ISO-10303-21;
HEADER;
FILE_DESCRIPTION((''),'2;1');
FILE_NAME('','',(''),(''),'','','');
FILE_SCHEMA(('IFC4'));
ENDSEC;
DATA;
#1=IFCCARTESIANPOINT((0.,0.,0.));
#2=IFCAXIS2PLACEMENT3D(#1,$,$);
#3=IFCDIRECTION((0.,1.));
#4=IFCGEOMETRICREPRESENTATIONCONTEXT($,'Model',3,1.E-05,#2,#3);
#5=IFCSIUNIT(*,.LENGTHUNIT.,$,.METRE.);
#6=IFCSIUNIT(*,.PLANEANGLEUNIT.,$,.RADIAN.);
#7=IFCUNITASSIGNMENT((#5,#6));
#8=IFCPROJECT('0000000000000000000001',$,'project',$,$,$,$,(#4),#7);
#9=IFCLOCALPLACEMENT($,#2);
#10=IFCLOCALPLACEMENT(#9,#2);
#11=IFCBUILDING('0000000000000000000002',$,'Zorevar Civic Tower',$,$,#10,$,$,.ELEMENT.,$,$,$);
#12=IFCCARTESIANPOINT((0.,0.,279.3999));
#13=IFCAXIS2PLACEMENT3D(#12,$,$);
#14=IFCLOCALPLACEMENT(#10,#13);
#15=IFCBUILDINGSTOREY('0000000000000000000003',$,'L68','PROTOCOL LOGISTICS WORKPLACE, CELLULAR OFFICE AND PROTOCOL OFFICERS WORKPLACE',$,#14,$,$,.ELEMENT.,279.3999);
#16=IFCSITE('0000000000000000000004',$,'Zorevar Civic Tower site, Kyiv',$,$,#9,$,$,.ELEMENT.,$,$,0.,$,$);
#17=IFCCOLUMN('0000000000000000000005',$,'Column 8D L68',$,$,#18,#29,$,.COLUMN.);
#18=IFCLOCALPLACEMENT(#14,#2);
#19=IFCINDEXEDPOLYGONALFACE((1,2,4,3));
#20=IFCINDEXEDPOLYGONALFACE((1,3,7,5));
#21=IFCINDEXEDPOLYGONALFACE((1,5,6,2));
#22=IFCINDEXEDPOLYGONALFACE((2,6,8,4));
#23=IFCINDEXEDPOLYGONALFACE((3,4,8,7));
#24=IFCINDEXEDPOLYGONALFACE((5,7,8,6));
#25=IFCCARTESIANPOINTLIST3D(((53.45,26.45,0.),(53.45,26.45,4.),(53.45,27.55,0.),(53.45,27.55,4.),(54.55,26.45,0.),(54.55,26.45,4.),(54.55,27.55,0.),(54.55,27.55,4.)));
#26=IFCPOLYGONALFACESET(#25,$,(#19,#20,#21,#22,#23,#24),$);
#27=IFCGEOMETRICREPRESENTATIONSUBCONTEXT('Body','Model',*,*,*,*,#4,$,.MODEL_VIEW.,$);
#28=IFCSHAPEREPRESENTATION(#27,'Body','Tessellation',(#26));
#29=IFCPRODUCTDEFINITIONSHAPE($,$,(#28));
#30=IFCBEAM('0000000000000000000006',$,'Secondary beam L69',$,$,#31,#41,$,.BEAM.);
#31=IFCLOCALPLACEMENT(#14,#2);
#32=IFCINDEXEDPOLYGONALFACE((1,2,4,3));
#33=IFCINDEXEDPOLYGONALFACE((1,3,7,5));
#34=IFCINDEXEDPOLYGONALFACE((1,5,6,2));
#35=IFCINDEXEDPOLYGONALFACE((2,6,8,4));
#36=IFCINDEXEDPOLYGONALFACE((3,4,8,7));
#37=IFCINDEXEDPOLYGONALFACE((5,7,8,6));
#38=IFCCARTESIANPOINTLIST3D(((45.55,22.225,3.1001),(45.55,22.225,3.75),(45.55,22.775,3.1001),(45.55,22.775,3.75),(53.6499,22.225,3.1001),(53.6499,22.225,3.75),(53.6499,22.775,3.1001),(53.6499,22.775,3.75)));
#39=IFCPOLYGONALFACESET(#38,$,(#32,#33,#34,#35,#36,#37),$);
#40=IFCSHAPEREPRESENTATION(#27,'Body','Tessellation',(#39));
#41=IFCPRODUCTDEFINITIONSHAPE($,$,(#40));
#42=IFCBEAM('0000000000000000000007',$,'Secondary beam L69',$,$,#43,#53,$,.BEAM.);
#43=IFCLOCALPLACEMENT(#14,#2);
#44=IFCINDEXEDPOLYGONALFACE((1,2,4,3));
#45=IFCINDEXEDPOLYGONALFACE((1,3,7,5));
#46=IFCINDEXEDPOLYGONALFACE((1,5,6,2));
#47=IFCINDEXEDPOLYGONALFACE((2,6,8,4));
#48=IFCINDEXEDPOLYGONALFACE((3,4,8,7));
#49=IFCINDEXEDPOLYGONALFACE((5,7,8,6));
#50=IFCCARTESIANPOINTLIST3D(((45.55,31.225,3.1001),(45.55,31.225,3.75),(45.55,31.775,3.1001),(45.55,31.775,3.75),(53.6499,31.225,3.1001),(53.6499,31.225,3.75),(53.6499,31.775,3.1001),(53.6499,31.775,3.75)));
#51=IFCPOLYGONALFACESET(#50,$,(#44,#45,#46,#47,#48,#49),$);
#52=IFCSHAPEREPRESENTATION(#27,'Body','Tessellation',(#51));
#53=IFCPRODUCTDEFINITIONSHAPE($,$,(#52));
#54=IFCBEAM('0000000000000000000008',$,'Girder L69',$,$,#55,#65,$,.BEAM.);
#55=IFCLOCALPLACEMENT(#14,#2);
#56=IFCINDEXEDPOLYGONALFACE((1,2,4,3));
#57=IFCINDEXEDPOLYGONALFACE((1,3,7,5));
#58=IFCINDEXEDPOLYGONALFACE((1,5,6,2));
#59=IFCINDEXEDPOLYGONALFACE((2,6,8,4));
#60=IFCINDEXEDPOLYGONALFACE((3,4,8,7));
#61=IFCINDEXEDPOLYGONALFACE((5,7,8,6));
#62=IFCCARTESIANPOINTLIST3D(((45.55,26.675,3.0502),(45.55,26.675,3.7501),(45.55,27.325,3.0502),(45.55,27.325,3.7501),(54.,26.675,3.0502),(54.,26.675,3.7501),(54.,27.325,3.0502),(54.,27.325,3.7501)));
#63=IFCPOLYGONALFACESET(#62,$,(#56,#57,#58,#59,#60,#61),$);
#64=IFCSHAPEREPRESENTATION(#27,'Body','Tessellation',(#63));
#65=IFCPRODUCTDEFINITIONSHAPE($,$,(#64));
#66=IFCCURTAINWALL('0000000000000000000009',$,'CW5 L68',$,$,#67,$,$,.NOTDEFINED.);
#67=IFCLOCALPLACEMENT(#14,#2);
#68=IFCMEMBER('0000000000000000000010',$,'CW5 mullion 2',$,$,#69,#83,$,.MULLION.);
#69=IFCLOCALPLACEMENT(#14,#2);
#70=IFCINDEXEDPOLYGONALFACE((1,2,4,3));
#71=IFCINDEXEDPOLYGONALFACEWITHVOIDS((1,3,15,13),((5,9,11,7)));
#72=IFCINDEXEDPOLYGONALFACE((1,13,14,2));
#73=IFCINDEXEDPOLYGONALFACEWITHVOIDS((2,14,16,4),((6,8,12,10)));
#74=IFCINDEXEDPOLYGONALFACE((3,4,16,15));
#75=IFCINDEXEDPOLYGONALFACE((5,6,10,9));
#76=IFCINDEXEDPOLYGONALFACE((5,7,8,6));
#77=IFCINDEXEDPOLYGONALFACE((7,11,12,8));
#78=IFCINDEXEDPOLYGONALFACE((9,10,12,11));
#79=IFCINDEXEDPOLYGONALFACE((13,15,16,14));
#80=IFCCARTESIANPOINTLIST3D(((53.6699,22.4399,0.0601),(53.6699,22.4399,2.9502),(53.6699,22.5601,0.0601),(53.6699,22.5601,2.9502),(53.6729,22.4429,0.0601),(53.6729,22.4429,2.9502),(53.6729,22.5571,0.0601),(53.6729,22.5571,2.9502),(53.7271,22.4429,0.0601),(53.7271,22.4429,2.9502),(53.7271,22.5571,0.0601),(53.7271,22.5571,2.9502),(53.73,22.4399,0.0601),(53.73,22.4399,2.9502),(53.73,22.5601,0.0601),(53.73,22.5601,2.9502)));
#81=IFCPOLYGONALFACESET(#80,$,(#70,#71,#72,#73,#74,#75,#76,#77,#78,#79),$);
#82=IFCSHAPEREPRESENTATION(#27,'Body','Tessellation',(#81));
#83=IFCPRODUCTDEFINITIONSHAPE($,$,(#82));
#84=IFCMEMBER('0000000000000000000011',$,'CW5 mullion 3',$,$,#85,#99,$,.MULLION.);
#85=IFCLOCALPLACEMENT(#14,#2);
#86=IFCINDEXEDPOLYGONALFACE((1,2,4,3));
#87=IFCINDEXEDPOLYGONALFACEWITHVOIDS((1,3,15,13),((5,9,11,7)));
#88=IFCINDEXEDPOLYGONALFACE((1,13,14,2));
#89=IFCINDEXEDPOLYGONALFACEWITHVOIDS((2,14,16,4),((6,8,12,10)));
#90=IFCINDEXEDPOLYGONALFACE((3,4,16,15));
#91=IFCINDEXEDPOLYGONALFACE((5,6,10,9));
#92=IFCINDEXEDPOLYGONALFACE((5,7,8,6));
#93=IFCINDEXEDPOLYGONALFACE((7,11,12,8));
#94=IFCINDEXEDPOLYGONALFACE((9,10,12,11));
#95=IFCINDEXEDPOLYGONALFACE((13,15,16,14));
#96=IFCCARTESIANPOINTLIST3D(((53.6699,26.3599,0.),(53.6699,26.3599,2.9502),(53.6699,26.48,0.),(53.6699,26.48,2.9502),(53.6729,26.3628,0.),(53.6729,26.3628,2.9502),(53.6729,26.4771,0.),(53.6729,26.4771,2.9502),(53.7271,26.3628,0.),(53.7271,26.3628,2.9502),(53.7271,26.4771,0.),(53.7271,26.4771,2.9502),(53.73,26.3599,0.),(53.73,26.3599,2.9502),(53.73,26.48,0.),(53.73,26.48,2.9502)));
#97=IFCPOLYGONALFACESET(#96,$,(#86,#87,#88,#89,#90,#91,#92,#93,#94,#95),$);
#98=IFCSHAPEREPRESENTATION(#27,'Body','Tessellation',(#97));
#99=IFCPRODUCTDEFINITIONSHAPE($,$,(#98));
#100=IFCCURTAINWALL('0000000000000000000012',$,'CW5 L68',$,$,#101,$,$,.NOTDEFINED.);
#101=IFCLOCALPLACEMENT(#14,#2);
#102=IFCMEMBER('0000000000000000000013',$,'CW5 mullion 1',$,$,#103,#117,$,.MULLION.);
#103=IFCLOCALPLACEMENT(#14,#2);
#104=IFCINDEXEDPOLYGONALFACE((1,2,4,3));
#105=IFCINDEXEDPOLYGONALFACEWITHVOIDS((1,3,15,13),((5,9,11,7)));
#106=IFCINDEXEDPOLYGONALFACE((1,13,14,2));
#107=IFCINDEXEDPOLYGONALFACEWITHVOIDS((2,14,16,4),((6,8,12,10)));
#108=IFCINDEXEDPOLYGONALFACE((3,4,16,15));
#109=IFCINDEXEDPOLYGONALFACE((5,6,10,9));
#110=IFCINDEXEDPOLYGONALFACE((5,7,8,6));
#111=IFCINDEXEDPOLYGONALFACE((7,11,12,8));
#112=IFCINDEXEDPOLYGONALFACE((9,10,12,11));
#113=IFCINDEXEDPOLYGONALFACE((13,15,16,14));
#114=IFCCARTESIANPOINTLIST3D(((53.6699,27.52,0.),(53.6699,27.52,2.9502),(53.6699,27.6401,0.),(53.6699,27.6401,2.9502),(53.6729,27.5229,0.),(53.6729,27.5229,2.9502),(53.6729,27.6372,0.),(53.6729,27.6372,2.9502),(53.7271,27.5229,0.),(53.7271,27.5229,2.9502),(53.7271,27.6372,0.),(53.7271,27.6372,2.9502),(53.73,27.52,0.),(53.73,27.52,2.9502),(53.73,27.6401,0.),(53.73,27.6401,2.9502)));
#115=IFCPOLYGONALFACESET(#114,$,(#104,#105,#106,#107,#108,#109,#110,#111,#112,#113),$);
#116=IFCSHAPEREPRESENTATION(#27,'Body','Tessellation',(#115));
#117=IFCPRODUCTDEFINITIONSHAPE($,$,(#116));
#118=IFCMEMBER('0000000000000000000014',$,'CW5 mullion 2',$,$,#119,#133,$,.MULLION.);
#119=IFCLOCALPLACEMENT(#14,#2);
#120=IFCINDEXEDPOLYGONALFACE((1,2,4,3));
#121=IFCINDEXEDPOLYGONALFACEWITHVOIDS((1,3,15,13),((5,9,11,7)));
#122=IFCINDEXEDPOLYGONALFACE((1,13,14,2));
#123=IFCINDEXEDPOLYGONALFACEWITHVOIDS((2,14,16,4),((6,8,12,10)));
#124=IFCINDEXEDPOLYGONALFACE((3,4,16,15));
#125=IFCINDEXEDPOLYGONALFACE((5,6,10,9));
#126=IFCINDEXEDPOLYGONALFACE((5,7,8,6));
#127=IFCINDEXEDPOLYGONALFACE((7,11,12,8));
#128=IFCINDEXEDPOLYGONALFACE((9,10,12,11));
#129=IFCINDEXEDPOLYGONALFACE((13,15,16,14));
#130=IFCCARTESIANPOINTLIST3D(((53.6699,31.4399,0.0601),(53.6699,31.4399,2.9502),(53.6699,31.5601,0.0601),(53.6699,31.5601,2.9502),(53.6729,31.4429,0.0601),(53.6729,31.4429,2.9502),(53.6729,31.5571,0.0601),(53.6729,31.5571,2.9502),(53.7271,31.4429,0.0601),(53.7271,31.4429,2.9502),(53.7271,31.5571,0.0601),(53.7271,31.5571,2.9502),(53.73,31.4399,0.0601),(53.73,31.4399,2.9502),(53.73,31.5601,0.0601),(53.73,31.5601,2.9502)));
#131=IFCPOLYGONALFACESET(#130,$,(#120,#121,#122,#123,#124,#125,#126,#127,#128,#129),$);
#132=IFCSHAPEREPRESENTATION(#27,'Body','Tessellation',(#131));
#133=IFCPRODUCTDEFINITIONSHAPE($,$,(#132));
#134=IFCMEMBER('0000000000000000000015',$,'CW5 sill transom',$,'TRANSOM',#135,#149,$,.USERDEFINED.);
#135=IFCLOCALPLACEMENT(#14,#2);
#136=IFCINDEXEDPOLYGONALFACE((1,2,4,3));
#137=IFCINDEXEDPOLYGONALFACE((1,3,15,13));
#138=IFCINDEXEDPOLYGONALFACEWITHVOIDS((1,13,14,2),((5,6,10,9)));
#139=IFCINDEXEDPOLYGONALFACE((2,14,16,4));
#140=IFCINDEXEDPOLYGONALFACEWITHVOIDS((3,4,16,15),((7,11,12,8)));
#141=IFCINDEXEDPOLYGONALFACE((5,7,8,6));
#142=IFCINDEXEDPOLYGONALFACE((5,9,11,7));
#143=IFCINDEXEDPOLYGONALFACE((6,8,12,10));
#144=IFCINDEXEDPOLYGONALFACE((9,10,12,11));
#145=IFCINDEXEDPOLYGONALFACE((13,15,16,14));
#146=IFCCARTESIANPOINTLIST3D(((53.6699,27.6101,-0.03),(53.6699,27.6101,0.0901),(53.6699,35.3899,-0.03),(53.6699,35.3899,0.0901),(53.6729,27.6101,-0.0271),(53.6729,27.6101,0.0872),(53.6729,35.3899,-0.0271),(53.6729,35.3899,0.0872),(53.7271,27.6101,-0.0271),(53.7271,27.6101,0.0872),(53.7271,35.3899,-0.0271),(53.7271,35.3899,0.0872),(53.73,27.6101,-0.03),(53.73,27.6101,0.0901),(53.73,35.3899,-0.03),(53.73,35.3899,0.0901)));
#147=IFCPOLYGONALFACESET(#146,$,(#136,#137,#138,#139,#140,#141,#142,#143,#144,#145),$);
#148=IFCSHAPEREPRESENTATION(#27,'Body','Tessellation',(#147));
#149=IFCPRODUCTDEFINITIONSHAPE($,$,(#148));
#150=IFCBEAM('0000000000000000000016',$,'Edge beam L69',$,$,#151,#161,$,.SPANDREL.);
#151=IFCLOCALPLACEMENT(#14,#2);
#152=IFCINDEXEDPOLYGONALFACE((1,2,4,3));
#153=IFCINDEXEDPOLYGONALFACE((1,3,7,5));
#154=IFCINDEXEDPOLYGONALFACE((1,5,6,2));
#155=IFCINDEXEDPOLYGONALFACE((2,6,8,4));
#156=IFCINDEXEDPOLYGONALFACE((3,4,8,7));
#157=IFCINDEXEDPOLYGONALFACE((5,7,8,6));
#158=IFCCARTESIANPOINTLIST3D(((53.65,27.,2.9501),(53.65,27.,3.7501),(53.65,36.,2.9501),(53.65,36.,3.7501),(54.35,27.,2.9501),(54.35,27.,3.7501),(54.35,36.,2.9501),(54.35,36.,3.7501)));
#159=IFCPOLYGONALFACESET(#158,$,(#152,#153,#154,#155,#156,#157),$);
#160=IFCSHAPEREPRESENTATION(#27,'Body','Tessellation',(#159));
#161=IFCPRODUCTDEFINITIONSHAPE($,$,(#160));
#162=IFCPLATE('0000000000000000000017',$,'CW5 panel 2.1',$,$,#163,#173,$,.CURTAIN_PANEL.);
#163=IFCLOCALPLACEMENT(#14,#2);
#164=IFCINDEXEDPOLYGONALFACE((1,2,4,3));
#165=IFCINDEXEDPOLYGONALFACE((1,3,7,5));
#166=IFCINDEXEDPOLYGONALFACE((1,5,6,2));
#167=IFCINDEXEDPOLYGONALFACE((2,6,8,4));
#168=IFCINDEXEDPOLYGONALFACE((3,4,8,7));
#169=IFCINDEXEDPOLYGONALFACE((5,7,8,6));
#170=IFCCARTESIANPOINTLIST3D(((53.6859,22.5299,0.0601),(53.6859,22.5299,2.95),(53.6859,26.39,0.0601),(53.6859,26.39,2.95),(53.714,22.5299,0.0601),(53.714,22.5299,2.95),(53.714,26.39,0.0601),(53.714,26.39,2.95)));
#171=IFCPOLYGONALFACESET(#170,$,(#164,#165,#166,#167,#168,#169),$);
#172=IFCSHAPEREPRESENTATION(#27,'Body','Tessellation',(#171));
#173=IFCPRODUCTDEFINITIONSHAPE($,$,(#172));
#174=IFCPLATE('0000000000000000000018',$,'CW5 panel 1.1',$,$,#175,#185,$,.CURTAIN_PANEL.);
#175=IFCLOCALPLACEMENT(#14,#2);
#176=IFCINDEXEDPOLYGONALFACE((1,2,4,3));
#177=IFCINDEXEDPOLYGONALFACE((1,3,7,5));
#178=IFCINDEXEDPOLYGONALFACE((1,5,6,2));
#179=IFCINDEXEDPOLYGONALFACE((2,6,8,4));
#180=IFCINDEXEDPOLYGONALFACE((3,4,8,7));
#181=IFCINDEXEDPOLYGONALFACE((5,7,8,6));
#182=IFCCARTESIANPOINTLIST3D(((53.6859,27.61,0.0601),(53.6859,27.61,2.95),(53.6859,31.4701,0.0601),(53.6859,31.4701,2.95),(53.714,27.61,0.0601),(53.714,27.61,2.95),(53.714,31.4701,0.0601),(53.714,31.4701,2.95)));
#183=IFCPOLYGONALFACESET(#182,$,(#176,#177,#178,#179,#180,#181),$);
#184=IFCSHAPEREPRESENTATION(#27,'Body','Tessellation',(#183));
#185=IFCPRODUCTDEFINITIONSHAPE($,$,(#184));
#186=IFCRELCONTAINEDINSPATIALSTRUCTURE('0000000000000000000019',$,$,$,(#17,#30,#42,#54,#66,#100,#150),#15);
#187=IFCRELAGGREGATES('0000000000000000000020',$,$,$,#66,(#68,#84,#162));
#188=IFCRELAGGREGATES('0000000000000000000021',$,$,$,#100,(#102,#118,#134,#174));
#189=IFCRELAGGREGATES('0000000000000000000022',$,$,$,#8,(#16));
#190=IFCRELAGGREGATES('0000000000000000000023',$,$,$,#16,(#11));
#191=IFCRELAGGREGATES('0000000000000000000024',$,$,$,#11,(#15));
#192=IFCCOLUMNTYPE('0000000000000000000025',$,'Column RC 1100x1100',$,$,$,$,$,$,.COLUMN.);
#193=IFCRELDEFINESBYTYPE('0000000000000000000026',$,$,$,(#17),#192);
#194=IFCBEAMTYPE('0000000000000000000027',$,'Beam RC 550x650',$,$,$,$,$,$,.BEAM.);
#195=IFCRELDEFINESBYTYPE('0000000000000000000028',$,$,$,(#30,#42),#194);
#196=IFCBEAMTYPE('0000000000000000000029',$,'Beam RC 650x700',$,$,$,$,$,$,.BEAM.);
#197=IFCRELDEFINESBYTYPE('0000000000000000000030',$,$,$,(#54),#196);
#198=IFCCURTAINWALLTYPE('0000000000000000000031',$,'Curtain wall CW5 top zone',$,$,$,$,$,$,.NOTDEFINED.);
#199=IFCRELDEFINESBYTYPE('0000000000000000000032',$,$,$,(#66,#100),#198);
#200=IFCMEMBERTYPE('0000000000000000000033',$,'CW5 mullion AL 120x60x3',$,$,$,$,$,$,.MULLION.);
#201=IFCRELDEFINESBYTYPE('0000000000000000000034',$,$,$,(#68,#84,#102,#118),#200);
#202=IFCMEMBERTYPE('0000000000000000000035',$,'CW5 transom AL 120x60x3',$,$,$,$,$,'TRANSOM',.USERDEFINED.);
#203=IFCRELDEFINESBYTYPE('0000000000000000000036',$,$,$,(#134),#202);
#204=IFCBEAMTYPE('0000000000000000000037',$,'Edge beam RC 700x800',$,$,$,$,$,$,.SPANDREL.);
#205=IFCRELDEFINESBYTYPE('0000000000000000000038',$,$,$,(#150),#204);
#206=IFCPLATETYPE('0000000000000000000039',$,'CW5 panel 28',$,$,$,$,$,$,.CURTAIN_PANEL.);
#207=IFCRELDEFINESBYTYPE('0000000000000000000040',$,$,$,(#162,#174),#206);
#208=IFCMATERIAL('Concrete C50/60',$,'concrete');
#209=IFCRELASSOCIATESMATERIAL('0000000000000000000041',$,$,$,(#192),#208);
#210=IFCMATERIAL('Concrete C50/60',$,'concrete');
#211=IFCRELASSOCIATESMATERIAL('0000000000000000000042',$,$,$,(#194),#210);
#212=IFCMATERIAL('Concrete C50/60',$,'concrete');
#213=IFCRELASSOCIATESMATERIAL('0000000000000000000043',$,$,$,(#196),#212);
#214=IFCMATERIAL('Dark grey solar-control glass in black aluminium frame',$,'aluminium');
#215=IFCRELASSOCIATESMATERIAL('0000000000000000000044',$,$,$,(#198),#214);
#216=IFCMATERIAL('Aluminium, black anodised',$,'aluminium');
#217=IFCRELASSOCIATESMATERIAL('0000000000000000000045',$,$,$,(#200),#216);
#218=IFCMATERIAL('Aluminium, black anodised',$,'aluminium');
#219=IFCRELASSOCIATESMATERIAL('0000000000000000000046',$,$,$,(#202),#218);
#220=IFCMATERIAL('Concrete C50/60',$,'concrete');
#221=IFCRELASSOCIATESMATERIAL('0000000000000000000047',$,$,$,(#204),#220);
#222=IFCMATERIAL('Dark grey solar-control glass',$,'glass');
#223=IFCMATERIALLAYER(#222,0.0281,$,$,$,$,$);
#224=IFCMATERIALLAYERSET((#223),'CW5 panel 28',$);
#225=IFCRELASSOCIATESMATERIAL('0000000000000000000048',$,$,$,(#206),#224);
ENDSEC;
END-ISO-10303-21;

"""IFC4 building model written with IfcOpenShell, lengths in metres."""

from ifc_helpers import new_model, si_unit, direction, frame, origin, origin_2d, place, context, subcontext, project, spatial, rectangle, hollow_rectangle, extrude, material, layer, layer_set, material_profile, profile_set, type_object, element, aggregate, save


model = new_model("IFC4")

# Units and contexts
model_context = context("Model", 3, precision=1e-05, world=origin(), true_north=direction((0.0, 1.0)))
body_context = subcontext(model_context, "Body", "Model", "MODEL_VIEW")
ifc_project = project(units=[si_unit("LENGTHUNIT", "METRE"), si_unit("PLANEANGLEUNIT", "RADIAN")], contexts=[model_context])

# Site, building, storey
site_placement = place(None, origin())
site = spatial("IfcSite", under=ifc_project, at=site_placement, Name="Zorevar Civic Tower site, Kyiv", CompositionType="ELEMENT", RefElevation=0.0)
building_placement = place(site_placement, origin())
building = spatial("IfcBuilding", under=site, at=building_placement, Name="Zorevar Civic Tower", CompositionType="ELEMENT")
storey_placement = place(building_placement, frame((0.0, 0.0, 279.3999)))
storey = spatial("IfcBuildingStorey", under=building, at=storey_placement, Name="L68", Description="PROTOCOL LOGISTICS WORKPLACE, CELLULAR OFFICE AND PROTOCOL OFFICERS WORKPLACE", CompositionType="ELEMENT", Elevation=279.3999)

# Column
ifc_material_1 = material(Name="Concrete C50/60", Category="concrete")
ifc_material_profile_1 = material_profile(ifc_material_1, rectangle(XDim=1.1001, YDim=1.1001, at=origin_2d()), Name="RC 1100x1100")
ifc_profile_set_1 = profile_set([ifc_material_profile_1], Name="Concrete C50/60")
column_type = type_object("IfcColumnType", Name="Column RC 1100x1100", PredefinedType="COLUMN", material=ifc_profile_set_1)
column_placement = place(storey_placement, frame((54.0, 27.0, 0.0), z_axis=(0.0, 0.0, 1.0), x_axis=(1.0, 0.0, 0.0)))
element("IfcColumn", 1, at=column_placement, inside=storey, type_object=column_type, Name="Column 8D L68", PredefinedType="COLUMN", context=body_context, shape_type="SweptSolid", body=[
    extrude(rectangle(XDim=1.1001, YDim=1.1001, at=origin_2d()), origin(), (0.0, 0.0, 1.0), 4.0),
])

# Beams
ifc_material_2 = material(Name="Concrete C50/60", Category="concrete")
ifc_material_profile_2 = material_profile(ifc_material_2, rectangle(XDim=0.55, YDim=0.6499, at=origin_2d()), Name="RC 550x650")
ifc_profile_set_2 = profile_set([ifc_material_profile_2], Name="Concrete C50/60")
beam_type_1 = type_object("IfcBeamType", Name="Beam RC 550x650", PredefinedType="BEAM", material=ifc_profile_set_2)
for number, where, z_axis, x_axis, name in (
    (2, (45.55, 22.5, 3.425), (1.0, 0.0, 0.0), (0.0, 1.0, 0.0), "Secondary beam L69"),
    (3, (45.55, 31.5, 3.425), (1.0, 0.0, 0.0), (0.0, 1.0, 0.0), "Secondary beam L69"),
):
    element("IfcBeam", number, at=place(storey_placement, frame(where, z_axis=z_axis, x_axis=x_axis)), inside=storey, type_object=beam_type_1, Name=name, PredefinedType="BEAM", context=body_context, shape_type="SweptSolid", body=[
        extrude(rectangle(XDim=0.55, YDim=0.6499, at=origin_2d()), origin(), (0.0, 0.0, 1.0), 8.0999),
    ])
ifc_material_3 = material(Name="Concrete C50/60", Category="concrete")
ifc_material_profile_3 = material_profile(ifc_material_3, rectangle(XDim=0.6499, YDim=0.7, at=origin_2d()), Name="RC 650x700")
ifc_profile_set_3 = profile_set([ifc_material_profile_3], Name="Concrete C50/60")
beam_type_2 = type_object("IfcBeamType", Name="Beam RC 650x700", PredefinedType="BEAM", material=ifc_profile_set_3)
beam_1_placement = place(storey_placement, frame((45.55, 27.0, 3.4001), z_axis=(1.0, 0.0, 0.0), x_axis=(0.0, 1.0, 0.0)))
element("IfcBeam", 4, at=beam_1_placement, inside=storey, type_object=beam_type_2, Name="Girder L69", PredefinedType="BEAM", context=body_context, shape_type="SweptSolid", body=[
    extrude(rectangle(XDim=0.6499, YDim=0.7, at=origin_2d()), origin(), (0.0, 0.0, 1.0), 8.45),
])

# Curtain walls, members
ifc_material_4 = material(Name="Dark grey solar-control glass in black aluminium frame", Category="aluminium")
curtain_wall_type = type_object("IfcCurtainWallType", Name="Curtain wall CW5 top zone", PredefinedType="NOTDEFINED", material=ifc_material_4)
curtain_wall_1_placement = place(storey_placement, origin())
curtain_wall_1 = element("IfcCurtainWall", 5, at=curtain_wall_1_placement, inside=storey, type_object=curtain_wall_type, Name="CW5 L68", PredefinedType="NOTDEFINED")
ifc_material_5 = material(Name="Aluminium, black anodised", Category="aluminium")
ifc_material_profile_4 = material_profile(ifc_material_5, hollow_rectangle(XDim=0.0601, YDim=0.1201, WallThickness=0.0029, at=origin_2d()), Name="AL 120x60x3")
ifc_profile_set_4 = profile_set([ifc_material_profile_4], Name="Aluminium, black anodised")
member_type_1 = type_object("IfcMemberType", Name="CW5 mullion AL 120x60x3", PredefinedType="MULLION", material=ifc_profile_set_4)
member_1_placement = place(storey_placement, frame((53.7, 22.5, 0.0601), z_axis=(0.0, 0.0, 1.0), x_axis=(-1.0, 0.0, 0.0)))
member_1 = element("IfcMember", 6, at=member_1_placement, type_object=member_type_1, Name="CW5 mullion 2", PredefinedType="MULLION", context=body_context, shape_type="SweptSolid", body=[
    extrude(hollow_rectangle(XDim=0.0601, YDim=0.1201, WallThickness=0.0029, at=origin_2d()), origin(), (0.0, 0.0, 1.0), 2.8901),
])
member_2_placement = place(storey_placement, frame((53.7, 26.4199, 0.0), z_axis=(0.0, 0.0, 1.0), x_axis=(-1.0, 0.0, 0.0)))
member_2 = element("IfcMember", 7, at=member_2_placement, type_object=member_type_1, Name="CW5 mullion 3", PredefinedType="MULLION", context=body_context, shape_type="SweptSolid", body=[
    extrude(hollow_rectangle(XDim=0.0601, YDim=0.1201, WallThickness=0.0029, at=origin_2d()), origin(), (0.0, 0.0, 1.0), 2.9502),
])
curtain_wall_2_placement = place(storey_placement, origin())
curtain_wall_2 = element("IfcCurtainWall", 8, at=curtain_wall_2_placement, inside=storey, type_object=curtain_wall_type, Name="CW5 L68", PredefinedType="NOTDEFINED")
member_3_placement = place(storey_placement, frame((53.7, 27.5801, 0.0), z_axis=(0.0, 0.0, 1.0), x_axis=(-1.0, 0.0, 0.0)))
member_3 = element("IfcMember", 9, at=member_3_placement, type_object=member_type_1, Name="CW5 mullion 1", PredefinedType="MULLION", context=body_context, shape_type="SweptSolid", body=[
    extrude(hollow_rectangle(XDim=0.0601, YDim=0.1201, WallThickness=0.0029, at=origin_2d()), origin(), (0.0, 0.0, 1.0), 2.9502),
])
member_4_placement = place(storey_placement, frame((53.7, 31.5, 0.0601), z_axis=(0.0, 0.0, 1.0), x_axis=(-1.0, 0.0, 0.0)))
member_4 = element("IfcMember", 10, at=member_4_placement, type_object=member_type_1, Name="CW5 mullion 2", PredefinedType="MULLION", context=body_context, shape_type="SweptSolid", body=[
    extrude(hollow_rectangle(XDim=0.0601, YDim=0.1201, WallThickness=0.0029, at=origin_2d()), origin(), (0.0, 0.0, 1.0), 2.8901),
])
ifc_material_6 = material(Name="Aluminium, black anodised", Category="aluminium")
ifc_material_profile_5 = material_profile(ifc_material_6, hollow_rectangle(XDim=0.0601, YDim=0.1201, WallThickness=0.0029, at=origin_2d()), Name="AL 120x60x3")
ifc_profile_set_5 = profile_set([ifc_material_profile_5], Name="Aluminium, black anodised")
member_type_2 = type_object("IfcMemberType", Name="CW5 transom AL 120x60x3", ElementType="TRANSOM", PredefinedType="USERDEFINED", material=ifc_profile_set_5)
member_5_placement = place(storey_placement, frame((53.7, 27.6101, 0.03), z_axis=(0.0, 1.0, 0.0), x_axis=(-1.0, 0.0, 0.0)))
member_5 = element("IfcMember", 11, at=member_5_placement, type_object=member_type_2, Name="CW5 sill transom", ObjectType="TRANSOM", PredefinedType="USERDEFINED", context=body_context, shape_type="SweptSolid", body=[
    extrude(hollow_rectangle(XDim=0.0601, YDim=0.1201, WallThickness=0.0029, at=origin_2d()), origin(), (0.0, 0.0, 1.0), 7.7798),
])

# Beam
ifc_material_7 = material(Name="Concrete C50/60", Category="concrete")
ifc_material_profile_6 = material_profile(ifc_material_7, rectangle(XDim=0.7, YDim=0.8, at=origin_2d()), Name="RC 700x800")
ifc_profile_set_6 = profile_set([ifc_material_profile_6], Name="Concrete C50/60")
beam_type_3 = type_object("IfcBeamType", Name="Edge beam RC 700x800", PredefinedType="SPANDREL", material=ifc_profile_set_6)
beam_2_placement = place(storey_placement, frame((54.0, 27.0, 3.3501), z_axis=(0.0, 1.0, 0.0), x_axis=(-1.0, 0.0, 0.0)))
element("IfcBeam", 12, at=beam_2_placement, inside=storey, type_object=beam_type_3, Name="Edge beam L69", PredefinedType="SPANDREL", context=body_context, shape_type="SweptSolid", body=[
    extrude(rectangle(XDim=0.7, YDim=0.8, at=origin_2d()), origin(), (0.0, 0.0, 1.0), 9.0),
])

# Plates
ifc_material_8 = material(Name="Dark grey solar-control glass", Category="glass")
ifc_layer_1 = layer(ifc_material_8, 0.0281)
ifc_layer_set_1 = layer_set([ifc_layer_1], Name="CW5 panel 28")
plate_type = type_object("IfcPlateType", Name="CW5 panel 28", PredefinedType="CURTAIN_PANEL", material=ifc_layer_set_1)
plate_1_placement = place(storey_placement, frame((53.7, 24.46, 0.0601), z_axis=(0.0, 0.0, 1.0), x_axis=(0.0, 1.0, 0.0)))
plate_1 = element("IfcPlate", 13, at=plate_1_placement, type_object=plate_type, Name="CW5 panel 2.1", PredefinedType="CURTAIN_PANEL", context=body_context, shape_type="SweptSolid", body=[
    extrude(rectangle(XDim=3.8601, YDim=0.0281, at=origin_2d()), origin(), (0.0, 0.0, 1.0), 2.8899),
])
aggregate(curtain_wall_1, [member_1, member_2, plate_1])
plate_2_placement = place(storey_placement, frame((53.7, 29.54, 0.0601), z_axis=(0.0, 0.0, 1.0), x_axis=(0.0, 1.0, 0.0)))
plate_2 = element("IfcPlate", 14, at=plate_2_placement, type_object=plate_type, Name="CW5 panel 1.1", PredefinedType="CURTAIN_PANEL", context=body_context, shape_type="SweptSolid", body=[
    extrude(rectangle(XDim=3.8601, YDim=0.0281, at=origin_2d()), origin(), (0.0, 0.0, 1.0), 2.8899),
])
aggregate(curtain_wall_2, [member_3, member_4, member_5, plate_2])

save(model, "model.ifc")
